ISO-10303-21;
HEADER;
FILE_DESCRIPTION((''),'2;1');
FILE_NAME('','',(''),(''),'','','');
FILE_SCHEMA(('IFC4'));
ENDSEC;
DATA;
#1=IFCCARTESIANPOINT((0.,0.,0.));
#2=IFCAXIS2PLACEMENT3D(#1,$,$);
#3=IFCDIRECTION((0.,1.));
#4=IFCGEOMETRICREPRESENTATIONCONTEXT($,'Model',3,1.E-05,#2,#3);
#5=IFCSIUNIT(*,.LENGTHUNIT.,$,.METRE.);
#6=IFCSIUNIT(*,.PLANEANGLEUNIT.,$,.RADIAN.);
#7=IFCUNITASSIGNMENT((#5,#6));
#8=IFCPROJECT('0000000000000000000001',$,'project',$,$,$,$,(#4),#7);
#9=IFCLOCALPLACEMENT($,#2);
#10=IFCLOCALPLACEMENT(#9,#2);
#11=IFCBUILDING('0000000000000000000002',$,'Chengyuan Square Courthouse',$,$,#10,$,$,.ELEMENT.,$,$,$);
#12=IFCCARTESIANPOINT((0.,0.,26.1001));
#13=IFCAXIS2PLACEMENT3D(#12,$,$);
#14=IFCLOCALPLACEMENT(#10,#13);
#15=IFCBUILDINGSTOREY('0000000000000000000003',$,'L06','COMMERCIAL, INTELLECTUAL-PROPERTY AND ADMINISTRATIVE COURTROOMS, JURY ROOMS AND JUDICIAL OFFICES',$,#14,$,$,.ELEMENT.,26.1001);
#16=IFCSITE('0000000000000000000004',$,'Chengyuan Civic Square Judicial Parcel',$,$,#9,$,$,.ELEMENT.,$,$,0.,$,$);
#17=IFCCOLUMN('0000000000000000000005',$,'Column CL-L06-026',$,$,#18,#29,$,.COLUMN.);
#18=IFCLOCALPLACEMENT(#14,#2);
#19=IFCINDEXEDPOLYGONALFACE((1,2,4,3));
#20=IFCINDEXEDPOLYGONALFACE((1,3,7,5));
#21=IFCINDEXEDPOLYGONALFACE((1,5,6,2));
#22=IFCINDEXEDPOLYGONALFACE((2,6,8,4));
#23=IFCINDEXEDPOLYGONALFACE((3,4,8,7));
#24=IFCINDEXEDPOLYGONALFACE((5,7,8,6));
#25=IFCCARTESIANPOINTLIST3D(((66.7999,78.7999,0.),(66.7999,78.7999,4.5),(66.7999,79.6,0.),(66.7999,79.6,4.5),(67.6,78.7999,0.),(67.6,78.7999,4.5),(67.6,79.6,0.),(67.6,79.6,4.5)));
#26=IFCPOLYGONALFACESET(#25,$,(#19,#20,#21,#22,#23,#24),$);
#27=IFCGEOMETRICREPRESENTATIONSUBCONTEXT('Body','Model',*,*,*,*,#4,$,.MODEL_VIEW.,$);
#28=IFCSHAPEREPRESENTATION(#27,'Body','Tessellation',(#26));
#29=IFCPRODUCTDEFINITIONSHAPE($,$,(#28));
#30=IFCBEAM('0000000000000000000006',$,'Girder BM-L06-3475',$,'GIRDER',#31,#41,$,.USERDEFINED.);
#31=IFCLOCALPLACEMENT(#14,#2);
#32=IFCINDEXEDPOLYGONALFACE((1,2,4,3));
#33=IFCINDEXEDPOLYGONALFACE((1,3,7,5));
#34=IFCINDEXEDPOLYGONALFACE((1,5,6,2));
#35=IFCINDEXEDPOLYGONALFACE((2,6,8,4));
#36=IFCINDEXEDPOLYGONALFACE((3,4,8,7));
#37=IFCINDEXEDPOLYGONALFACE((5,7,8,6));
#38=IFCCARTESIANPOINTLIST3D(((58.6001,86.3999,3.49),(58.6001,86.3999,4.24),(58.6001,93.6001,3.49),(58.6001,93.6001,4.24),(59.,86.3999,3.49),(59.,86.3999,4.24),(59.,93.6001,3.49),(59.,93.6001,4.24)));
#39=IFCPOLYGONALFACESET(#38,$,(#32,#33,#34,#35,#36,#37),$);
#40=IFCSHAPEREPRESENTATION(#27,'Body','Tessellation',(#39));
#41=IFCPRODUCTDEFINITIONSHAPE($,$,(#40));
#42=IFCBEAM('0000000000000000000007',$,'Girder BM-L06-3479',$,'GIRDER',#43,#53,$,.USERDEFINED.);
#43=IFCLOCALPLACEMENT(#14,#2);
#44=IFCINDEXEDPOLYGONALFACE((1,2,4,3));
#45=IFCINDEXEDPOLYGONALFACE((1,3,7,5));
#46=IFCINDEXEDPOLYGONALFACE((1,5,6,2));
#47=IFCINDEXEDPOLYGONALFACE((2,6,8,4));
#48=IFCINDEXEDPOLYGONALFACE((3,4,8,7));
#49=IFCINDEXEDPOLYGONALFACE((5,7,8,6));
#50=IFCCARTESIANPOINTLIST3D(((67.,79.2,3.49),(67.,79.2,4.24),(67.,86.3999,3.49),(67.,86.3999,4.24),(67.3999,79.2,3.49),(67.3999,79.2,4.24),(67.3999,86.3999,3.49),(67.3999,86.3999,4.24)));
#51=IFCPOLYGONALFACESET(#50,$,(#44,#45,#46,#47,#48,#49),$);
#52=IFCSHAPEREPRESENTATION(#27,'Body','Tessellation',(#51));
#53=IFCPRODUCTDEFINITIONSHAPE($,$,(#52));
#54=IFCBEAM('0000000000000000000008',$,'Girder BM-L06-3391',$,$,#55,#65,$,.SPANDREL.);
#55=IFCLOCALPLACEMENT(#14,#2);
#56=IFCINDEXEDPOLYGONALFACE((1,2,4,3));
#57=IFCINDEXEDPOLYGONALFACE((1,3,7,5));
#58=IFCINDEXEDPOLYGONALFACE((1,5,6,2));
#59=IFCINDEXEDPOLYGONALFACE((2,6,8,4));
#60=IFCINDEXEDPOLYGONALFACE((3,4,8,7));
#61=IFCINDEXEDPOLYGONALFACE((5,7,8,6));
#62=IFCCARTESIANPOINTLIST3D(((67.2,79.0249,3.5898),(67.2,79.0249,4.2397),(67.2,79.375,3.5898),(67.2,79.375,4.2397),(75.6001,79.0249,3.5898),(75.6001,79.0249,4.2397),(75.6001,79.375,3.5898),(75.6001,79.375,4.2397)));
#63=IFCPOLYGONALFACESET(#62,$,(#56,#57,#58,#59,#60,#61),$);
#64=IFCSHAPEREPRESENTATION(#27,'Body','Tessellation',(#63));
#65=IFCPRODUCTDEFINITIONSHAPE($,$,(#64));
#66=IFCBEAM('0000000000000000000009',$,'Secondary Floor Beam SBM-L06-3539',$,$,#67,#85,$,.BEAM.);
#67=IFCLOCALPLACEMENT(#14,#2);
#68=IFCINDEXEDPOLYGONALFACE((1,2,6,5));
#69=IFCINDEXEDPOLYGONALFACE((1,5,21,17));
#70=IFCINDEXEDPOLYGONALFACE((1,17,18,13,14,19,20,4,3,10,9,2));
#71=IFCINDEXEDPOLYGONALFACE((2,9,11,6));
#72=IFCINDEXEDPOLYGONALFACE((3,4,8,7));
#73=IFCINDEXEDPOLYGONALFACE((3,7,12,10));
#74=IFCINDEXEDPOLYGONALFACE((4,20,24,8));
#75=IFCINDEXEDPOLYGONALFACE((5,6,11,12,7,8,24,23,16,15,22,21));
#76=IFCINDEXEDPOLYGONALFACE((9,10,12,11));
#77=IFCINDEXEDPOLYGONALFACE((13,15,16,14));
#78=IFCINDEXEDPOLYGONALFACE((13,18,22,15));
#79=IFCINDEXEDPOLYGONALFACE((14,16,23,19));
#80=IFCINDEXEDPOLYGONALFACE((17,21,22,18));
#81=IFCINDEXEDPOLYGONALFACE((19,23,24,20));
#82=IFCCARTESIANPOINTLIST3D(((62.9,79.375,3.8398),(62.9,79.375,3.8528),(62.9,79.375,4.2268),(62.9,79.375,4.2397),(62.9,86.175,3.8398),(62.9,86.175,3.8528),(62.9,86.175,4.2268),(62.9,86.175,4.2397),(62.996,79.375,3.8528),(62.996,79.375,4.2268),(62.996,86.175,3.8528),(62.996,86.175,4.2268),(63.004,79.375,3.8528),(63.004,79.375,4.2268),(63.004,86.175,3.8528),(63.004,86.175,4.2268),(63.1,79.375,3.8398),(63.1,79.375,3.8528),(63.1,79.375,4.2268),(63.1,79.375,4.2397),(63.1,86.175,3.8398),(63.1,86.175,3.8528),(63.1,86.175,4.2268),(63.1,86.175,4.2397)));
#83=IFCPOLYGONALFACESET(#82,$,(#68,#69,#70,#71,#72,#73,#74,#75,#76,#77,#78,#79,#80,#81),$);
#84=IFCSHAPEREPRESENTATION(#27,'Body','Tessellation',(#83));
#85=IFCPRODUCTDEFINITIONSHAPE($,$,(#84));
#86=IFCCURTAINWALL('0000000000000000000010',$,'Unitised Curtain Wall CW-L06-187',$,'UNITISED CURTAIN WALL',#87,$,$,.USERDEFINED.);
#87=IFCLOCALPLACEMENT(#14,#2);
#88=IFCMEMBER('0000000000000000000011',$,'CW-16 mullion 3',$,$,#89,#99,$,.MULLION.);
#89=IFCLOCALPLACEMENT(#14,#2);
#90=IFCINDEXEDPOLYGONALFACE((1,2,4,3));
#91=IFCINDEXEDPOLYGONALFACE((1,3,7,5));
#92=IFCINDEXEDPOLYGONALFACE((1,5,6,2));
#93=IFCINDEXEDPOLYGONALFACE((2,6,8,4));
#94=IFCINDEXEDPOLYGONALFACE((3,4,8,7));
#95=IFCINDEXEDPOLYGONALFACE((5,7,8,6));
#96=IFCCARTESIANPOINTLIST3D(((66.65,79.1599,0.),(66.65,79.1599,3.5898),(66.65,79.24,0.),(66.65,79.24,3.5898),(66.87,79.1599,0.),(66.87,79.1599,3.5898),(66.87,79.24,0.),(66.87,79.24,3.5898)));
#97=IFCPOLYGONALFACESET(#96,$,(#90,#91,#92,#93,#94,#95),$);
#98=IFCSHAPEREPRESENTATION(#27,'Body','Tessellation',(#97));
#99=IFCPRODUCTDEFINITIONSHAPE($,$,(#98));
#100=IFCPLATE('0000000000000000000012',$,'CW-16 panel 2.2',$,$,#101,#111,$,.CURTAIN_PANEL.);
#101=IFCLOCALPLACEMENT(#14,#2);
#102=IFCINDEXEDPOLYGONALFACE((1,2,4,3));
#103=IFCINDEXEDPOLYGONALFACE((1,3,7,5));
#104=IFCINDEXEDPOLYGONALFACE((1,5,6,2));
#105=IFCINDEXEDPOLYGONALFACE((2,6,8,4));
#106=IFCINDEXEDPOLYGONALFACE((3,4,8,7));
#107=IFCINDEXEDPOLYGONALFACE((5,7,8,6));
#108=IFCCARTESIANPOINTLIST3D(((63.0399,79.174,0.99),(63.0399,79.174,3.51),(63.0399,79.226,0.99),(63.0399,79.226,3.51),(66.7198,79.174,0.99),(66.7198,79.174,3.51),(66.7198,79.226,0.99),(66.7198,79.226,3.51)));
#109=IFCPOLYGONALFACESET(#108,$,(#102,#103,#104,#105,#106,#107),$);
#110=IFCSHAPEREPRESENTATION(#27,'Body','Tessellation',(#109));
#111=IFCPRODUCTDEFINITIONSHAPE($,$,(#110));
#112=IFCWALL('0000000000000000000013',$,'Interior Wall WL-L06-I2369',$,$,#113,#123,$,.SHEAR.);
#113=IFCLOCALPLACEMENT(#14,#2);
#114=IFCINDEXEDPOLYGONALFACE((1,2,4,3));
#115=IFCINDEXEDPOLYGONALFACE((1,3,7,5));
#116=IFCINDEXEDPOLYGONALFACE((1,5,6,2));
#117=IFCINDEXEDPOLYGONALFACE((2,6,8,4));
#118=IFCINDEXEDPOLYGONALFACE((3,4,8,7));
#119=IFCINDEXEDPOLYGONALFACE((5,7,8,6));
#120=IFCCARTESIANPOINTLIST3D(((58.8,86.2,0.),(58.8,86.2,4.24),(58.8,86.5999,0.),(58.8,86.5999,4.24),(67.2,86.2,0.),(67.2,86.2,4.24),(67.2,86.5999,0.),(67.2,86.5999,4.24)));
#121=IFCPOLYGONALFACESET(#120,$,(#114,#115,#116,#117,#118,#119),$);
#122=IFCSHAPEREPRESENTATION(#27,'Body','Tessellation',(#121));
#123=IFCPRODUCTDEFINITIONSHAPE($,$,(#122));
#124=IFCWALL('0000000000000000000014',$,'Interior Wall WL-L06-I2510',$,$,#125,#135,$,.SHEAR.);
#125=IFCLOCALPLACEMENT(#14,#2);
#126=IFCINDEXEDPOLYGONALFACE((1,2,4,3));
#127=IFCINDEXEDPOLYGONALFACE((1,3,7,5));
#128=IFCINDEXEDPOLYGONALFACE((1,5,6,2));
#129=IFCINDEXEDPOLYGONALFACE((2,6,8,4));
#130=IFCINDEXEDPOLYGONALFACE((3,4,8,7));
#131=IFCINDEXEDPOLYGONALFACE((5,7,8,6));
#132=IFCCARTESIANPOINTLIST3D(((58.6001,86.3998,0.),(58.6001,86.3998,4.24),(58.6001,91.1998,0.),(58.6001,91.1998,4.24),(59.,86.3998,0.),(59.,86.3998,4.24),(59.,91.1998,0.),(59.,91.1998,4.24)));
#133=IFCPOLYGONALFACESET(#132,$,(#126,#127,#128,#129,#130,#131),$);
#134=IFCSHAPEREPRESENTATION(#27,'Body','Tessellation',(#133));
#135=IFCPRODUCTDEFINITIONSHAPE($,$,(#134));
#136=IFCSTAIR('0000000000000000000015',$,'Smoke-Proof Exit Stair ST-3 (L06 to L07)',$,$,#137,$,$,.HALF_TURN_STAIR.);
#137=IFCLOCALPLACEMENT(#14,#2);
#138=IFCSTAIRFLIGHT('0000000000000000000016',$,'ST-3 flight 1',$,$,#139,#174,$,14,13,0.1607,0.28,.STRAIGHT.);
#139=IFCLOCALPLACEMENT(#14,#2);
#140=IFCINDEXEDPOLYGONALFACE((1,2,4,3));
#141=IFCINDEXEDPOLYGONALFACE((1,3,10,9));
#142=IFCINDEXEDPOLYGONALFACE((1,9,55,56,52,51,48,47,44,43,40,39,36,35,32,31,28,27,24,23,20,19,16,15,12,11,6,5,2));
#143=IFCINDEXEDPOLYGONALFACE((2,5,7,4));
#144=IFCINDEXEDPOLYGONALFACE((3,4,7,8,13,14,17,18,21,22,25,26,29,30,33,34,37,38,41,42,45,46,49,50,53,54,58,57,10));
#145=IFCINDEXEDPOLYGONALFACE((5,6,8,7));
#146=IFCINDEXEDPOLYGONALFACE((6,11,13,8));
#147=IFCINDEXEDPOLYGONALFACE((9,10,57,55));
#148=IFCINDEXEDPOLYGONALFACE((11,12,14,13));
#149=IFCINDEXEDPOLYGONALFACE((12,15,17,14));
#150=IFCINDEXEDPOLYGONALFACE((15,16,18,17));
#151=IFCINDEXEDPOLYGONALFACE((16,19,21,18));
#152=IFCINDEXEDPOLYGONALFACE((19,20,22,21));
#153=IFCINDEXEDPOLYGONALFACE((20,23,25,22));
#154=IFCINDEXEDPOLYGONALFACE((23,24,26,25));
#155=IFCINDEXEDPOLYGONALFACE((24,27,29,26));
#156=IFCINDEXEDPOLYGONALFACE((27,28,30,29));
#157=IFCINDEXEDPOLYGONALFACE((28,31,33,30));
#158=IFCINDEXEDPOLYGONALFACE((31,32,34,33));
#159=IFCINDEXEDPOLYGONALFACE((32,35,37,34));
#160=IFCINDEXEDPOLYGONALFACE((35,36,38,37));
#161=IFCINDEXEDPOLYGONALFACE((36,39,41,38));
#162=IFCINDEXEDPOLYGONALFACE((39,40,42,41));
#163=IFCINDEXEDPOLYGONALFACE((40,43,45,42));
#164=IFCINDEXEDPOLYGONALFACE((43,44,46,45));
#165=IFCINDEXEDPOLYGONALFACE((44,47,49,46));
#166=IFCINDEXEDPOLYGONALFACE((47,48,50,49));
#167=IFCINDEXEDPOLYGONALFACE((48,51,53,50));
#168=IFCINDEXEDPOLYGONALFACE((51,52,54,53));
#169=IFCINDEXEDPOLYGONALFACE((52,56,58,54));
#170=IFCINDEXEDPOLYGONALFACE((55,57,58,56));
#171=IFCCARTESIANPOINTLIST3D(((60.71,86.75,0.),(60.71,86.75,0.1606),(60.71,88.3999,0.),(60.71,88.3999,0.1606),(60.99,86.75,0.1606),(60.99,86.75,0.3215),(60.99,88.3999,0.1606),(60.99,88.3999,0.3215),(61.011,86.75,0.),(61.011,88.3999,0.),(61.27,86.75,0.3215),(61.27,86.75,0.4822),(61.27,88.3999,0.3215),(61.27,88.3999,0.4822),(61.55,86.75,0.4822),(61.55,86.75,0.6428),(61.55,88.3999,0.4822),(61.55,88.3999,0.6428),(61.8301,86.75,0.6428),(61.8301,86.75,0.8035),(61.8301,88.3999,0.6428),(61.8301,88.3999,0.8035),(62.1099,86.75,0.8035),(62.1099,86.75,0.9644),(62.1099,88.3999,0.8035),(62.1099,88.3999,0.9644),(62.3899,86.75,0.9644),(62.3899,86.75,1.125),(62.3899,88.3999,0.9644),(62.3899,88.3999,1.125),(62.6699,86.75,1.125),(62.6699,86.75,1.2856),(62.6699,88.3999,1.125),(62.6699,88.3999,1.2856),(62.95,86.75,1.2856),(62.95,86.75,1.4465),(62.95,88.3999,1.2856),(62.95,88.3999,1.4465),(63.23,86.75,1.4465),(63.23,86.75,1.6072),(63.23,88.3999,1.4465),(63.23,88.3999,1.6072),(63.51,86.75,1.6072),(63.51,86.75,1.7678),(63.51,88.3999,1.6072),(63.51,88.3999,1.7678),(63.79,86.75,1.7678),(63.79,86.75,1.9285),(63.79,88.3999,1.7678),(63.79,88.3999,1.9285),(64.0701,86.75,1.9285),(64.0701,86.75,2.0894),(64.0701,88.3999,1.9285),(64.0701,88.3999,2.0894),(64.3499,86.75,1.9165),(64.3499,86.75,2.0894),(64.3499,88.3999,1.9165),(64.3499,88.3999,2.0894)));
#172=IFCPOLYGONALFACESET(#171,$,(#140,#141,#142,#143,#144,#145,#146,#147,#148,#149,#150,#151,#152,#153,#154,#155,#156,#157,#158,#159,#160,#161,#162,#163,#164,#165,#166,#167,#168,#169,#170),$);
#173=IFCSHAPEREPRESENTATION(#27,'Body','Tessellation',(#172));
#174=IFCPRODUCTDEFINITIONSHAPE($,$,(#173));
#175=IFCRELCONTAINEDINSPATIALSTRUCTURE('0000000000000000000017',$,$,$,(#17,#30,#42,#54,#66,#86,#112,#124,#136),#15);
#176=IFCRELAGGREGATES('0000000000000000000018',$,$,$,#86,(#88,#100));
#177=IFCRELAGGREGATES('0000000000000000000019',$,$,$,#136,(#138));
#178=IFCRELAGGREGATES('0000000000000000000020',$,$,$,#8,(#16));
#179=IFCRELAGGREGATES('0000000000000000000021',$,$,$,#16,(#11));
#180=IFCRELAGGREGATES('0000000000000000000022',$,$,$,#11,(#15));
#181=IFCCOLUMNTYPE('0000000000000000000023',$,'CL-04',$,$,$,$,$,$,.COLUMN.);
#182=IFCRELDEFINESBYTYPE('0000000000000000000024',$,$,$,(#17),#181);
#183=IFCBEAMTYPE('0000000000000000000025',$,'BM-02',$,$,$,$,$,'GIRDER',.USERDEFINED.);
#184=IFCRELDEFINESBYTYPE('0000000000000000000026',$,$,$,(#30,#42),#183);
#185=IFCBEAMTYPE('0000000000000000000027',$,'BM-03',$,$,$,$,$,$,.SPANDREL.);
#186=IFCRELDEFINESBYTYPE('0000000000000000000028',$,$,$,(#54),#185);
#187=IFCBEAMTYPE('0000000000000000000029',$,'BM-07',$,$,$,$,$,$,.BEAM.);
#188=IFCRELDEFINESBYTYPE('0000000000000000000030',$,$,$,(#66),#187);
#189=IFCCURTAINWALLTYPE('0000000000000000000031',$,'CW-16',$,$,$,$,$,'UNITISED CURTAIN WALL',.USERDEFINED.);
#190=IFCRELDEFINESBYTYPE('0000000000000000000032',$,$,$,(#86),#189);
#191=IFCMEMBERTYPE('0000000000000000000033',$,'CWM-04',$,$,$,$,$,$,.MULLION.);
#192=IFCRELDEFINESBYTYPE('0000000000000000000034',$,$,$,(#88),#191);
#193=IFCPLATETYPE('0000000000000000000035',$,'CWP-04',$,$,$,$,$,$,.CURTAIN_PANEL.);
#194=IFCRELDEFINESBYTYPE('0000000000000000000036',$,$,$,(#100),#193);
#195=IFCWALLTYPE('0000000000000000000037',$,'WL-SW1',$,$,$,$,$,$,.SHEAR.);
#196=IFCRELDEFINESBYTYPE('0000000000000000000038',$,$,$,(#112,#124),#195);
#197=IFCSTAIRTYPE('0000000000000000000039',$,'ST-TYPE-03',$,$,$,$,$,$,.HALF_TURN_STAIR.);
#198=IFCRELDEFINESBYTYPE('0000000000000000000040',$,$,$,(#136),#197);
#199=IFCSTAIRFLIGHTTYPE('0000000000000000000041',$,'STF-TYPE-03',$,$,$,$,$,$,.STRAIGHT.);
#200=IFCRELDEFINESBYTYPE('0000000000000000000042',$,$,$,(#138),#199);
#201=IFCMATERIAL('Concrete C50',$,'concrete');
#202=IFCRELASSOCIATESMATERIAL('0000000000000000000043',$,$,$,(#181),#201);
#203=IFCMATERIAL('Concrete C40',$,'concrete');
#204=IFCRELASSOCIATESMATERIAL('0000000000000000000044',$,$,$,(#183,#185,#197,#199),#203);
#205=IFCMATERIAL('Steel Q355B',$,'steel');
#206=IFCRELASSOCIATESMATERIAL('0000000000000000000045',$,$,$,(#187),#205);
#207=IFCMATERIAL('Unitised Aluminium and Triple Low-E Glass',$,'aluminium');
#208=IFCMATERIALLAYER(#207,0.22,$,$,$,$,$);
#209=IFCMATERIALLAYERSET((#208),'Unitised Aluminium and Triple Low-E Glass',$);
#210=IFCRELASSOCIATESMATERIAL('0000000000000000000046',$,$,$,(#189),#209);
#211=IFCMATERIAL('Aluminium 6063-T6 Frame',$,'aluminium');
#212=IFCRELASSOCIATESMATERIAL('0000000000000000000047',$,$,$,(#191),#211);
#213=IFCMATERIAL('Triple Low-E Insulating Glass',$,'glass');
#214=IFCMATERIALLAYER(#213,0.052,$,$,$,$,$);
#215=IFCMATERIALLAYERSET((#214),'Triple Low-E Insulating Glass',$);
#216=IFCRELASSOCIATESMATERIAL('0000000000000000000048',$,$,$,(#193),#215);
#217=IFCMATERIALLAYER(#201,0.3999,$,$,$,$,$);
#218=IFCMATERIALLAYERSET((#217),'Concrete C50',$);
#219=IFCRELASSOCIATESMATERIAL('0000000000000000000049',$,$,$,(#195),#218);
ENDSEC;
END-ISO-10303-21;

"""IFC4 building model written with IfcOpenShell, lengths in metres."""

from ifc_helpers import new_model, si_unit, direction, frame, frame_2d, origin, origin_2d, place, context, subcontext, project, spatial, polyline, rectangle, i_section, outline, extrude, material, layer, layer_set, material_profile, profile_set, type_object, element, aggregate, save


model = new_model("IFC4")

# Units and contexts
model_context = context("Model", 3, precision=1e-05, world=origin(), true_north=direction((0.0, 1.0)))
body_context = subcontext(model_context, "Body", "Model", "MODEL_VIEW")
ifc_project = project(units=[si_unit("LENGTHUNIT", "METRE"), si_unit("PLANEANGLEUNIT", "RADIAN")], contexts=[model_context])

# Site, building, storey
site_placement = place(None, origin())
site = spatial("IfcSite", under=ifc_project, at=site_placement, Name="Chengyuan Civic Square Judicial Parcel", CompositionType="ELEMENT", RefElevation=0.0)
building_placement = place(site_placement, origin())
building = spatial("IfcBuilding", under=site, at=building_placement, Name="Chengyuan Square Courthouse", CompositionType="ELEMENT")
storey_placement = place(building_placement, frame((0.0, 0.0, 26.1001)))
storey = spatial("IfcBuildingStorey", under=building, at=storey_placement, Name="L06", Description="COMMERCIAL, INTELLECTUAL-PROPERTY AND ADMINISTRATIVE COURTROOMS, JURY ROOMS AND JUDICIAL OFFICES", CompositionType="ELEMENT", Elevation=26.1001)

# Column
ifc_material_1 = material(Name="Concrete C50", Category="concrete")
ifc_material_profile_1 = material_profile(ifc_material_1, rectangle(XDim=0.8, YDim=0.8, at=origin_2d()), Name="RC-COL-800x800")
ifc_profile_set_1 = profile_set([ifc_material_profile_1], Name="Concrete C50")
column_type = type_object("IfcColumnType", Name="CL-04", PredefinedType="COLUMN", material=ifc_profile_set_1)
column_placement = place(storey_placement, frame((67.2, 79.2, 0.0), z_axis=(0.0, 0.0, 1.0), x_axis=(1.0, 0.0, 0.0)))
element("IfcColumn", 1, at=column_placement, inside=storey, type_object=column_type, Name="Column CL-L06-026", PredefinedType="COLUMN", context=body_context, shape_type="SweptSolid", body=[
    extrude(rectangle(XDim=0.8, YDim=0.8, at=origin_2d()), origin(), (0.0, 0.0, 1.0), 4.5),
])

# Beams
ifc_material_2 = material(Name="Concrete C40", Category="concrete")
ifc_material_profile_2 = material_profile(ifc_material_2, rectangle(XDim=0.3999, YDim=0.75, at=origin_2d()), Name="RC-BM-400x750")
ifc_profile_set_2 = profile_set([ifc_material_profile_2], Name="Concrete C40")
beam_type_1 = type_object("IfcBeamType", Name="BM-02", ElementType="GIRDER", PredefinedType="USERDEFINED", material=ifc_profile_set_2)
beam_1_placement = place(storey_placement, frame((58.8, 86.3999, 3.865), z_axis=(0.0, 1.0, 0.0), x_axis=(-1.0, 0.0, 0.0)))
element("IfcBeam", 2, at=beam_1_placement, inside=storey, type_object=beam_type_1, Name="Girder BM-L06-3475", ObjectType="GIRDER", PredefinedType="USERDEFINED", context=body_context, shape_type="SweptSolid", body=[
    extrude(rectangle(XDim=0.3999, YDim=0.75, at=origin_2d()), origin(), (0.0, 0.0, 1.0), 7.2002),
])
beam_2_placement = place(storey_placement, frame((67.2, 79.2, 3.865), z_axis=(0.0, 1.0, 0.0), x_axis=(-1.0, 0.0, 0.0)))
element("IfcBeam", 3, at=beam_2_placement, inside=storey, type_object=beam_type_1, Name="Girder BM-L06-3479", ObjectType="GIRDER", PredefinedType="USERDEFINED", context=body_context, shape_type="SweptSolid", body=[
    extrude(rectangle(XDim=0.3999, YDim=0.75, at=origin_2d()), origin(), (0.0, 0.0, 1.0), 7.2),
])
ifc_material_profile_3 = material_profile(ifc_material_2, rectangle(XDim=0.3501, YDim=0.6499, at=origin_2d()), Name="RC-BM-350x650")
ifc_profile_set_3 = profile_set([ifc_material_profile_3], Name="Concrete C40")
beam_type_2 = type_object("IfcBeamType", Name="BM-03", PredefinedType="SPANDREL", material=ifc_profile_set_3)
beam_3_placement = place(storey_placement, frame((67.2, 79.2, 3.9148), z_axis=(1.0, 0.0, 0.0), x_axis=(0.0, 1.0, 0.0)))
element("IfcBeam", 4, at=beam_3_placement, inside=storey, type_object=beam_type_2, Name="Girder BM-L06-3391", PredefinedType="SPANDREL", context=body_context, shape_type="SweptSolid", body=[
    extrude(rectangle(XDim=0.3501, YDim=0.6499, at=origin_2d()), origin(), (0.0, 0.0, 1.0), 8.4001),
])
ifc_material_3 = material(Name="Steel Q355B", Category="steel")
ifc_material_profile_4 = material_profile(ifc_material_3, i_section(OverallWidth=0.2, OverallDepth=0.3999, WebThickness=0.0081, FlangeThickness=0.0129, at=origin_2d()), Name="HN 400x200x8x13")
ifc_profile_set_4 = profile_set([ifc_material_profile_4], Name="Steel Q355B")
beam_type_3 = type_object("IfcBeamType", Name="BM-07", PredefinedType="BEAM", material=ifc_profile_set_4)
beam_4_placement = place(storey_placement, frame((63.0, 79.375, 4.0398), z_axis=(0.0, 1.0, 0.0), x_axis=(-1.0, 0.0, 0.0)))
element("IfcBeam", 5, at=beam_4_placement, inside=storey, type_object=beam_type_3, Name="Secondary Floor Beam SBM-L06-3539", PredefinedType="BEAM", context=body_context, shape_type="SweptSolid", body=[
    extrude(i_section(OverallWidth=0.2, OverallDepth=0.3999, WebThickness=0.0081, FlangeThickness=0.0129, at=origin_2d()), origin(), (0.0, 0.0, 1.0), 6.8),
])

# Curtain wall, member, plate
ifc_material_4 = material(Name="Unitised Aluminium and Triple Low-E Glass", Category="aluminium")
ifc_layer_1 = layer(ifc_material_4, 0.22)
ifc_layer_set_1 = layer_set([ifc_layer_1], Name="Unitised Aluminium and Triple Low-E Glass")
curtain_wall_type = type_object("IfcCurtainWallType", Name="CW-16", ElementType="UNITISED CURTAIN WALL", PredefinedType="USERDEFINED", material=ifc_layer_set_1)
curtain_wall_placement = place(storey_placement, origin())
curtain_wall = element("IfcCurtainWall", 6, at=curtain_wall_placement, inside=storey, type_object=curtain_wall_type, Name="Unitised Curtain Wall CW-L06-187", ObjectType="UNITISED CURTAIN WALL", PredefinedType="USERDEFINED")
ifc_material_5 = material(Name="Aluminium 6063-T6 Frame", Category="aluminium")
ifc_material_profile_5 = material_profile(ifc_material_5, rectangle(XDim=0.0801, YDim=0.22, at=origin_2d()), Name="CW-MUL-80x220")
ifc_profile_set_5 = profile_set([ifc_material_profile_5], Name="Aluminium 6063-T6 Frame")
member_type = type_object("IfcMemberType", Name="CWM-04", PredefinedType="MULLION", material=ifc_profile_set_5)
member_placement = place(storey_placement, frame((66.76, 79.2, 0.0), z_axis=(0.0, 0.0, 1.0), x_axis=(0.0, 1.0, 0.0)))
member = element("IfcMember", 7, at=member_placement, type_object=member_type, Name="CW-16 mullion 3", PredefinedType="MULLION", context=body_context, shape_type="SweptSolid", body=[
    extrude(rectangle(XDim=0.0801, YDim=0.22, at=origin_2d()), origin(), (0.0, 0.0, 1.0), 3.5898),
])
ifc_material_6 = material(Name="Triple Low-E Insulating Glass", Category="glass")
ifc_layer_2 = layer(ifc_material_6, 0.052)
ifc_layer_set_2 = layer_set([ifc_layer_2], Name="Triple Low-E Insulating Glass")
plate_type = type_object("IfcPlateType", Name="CWP-04", PredefinedType="CURTAIN_PANEL", material=ifc_layer_set_2)
plate_placement = place(storey_placement, frame((64.8799, 79.2, 0.99), z_axis=(0.0, 0.0, 1.0), x_axis=(1.0, 0.0, 0.0)))
plate = element("IfcPlate", 8, at=plate_placement, type_object=plate_type, Name="CW-16 panel 2.2", PredefinedType="CURTAIN_PANEL", context=body_context, shape_type="SweptSolid", body=[
    extrude(rectangle(XDim=3.6799, YDim=0.052, at=origin_2d()), origin(), (0.0, 0.0, 1.0), 2.52),
])
aggregate(curtain_wall, [member, plate])

# Walls
ifc_layer_3 = layer(ifc_material_1, 0.3999)
ifc_layer_set_3 = layer_set([ifc_layer_3], Name="Concrete C50")
wall_type = type_object("IfcWallType", Name="WL-SW1", PredefinedType="SHEAR", material=ifc_layer_set_3)
wall_1_placement = place(storey_placement, frame((58.8, 86.3999, 0.0), z_axis=(0.0, 0.0, 1.0), x_axis=(1.0, 0.0, 0.0)))
element("IfcWall", 9, at=wall_1_placement, inside=storey, type_object=wall_type, Name="Interior Wall WL-L06-I2369", PredefinedType="SHEAR", context=body_context, shape_type="SweptSolid", body=[
    extrude(rectangle(XDim=8.3999, YDim=0.3999, at=frame_2d((4.2, 0.0))), origin(), (0.0, 0.0, 1.0), 4.24),
])
wall_2_placement = place(storey_placement, frame((58.8, 86.3999, 0.0), z_axis=(0.0, 0.0, 1.0), x_axis=(0.0, 1.0, 0.0)))
element("IfcWall", 10, at=wall_2_placement, inside=storey, type_object=wall_type, Name="Interior Wall WL-L06-I2510", PredefinedType="SHEAR", context=body_context, shape_type="SweptSolid", body=[
    extrude(rectangle(XDim=4.8, YDim=0.3999, at=frame_2d((2.3999, 0.0))), origin(), (0.0, 0.0, 1.0), 4.24),
])

# Stair, stair flight
stair_type = type_object("IfcStairType", Name="ST-TYPE-03", PredefinedType="HALF_TURN_STAIR", material=ifc_material_2)
stair_placement = place(storey_placement, origin())
stair = element("IfcStair", 11, at=stair_placement, inside=storey, type_object=stair_type, Name="Smoke-Proof Exit Stair ST-3 (L06 to L07)", PredefinedType="HALF_TURN_STAIR")
stair_flight_type = type_object("IfcStairFlightType", Name="STF-TYPE-03", PredefinedType="STRAIGHT", material=ifc_material_2)
stair_flight_placement = place(storey_placement, frame((60.71, 87.575, 0.0), z_axis=(0.0, 0.0, 1.0), x_axis=(1.0, 0.0, 0.0)))
stair_flight = element("IfcStairFlight", 12, at=stair_flight_placement, type_object=stair_flight_type, Name="ST-3 flight 1", NumberOfRisers=14, NumberOfTreads=13, PredefinedType="STRAIGHT", RiserHeight=0.1607, TreadLength=0.28, context=body_context, shape_type="SweptSolid", body=[
    extrude(outline(polyline([(0.0, 0.0), (0.0, 0.1606), (0.28, 0.1606), (0.28, 0.3215), (0.5601, 0.3215), (0.5601, 0.4822), (0.8401, 0.4822), (0.8401, 0.6428), (1.1201, 0.6428), (1.1201, 0.8035), (1.3999, 0.8035), (1.3999, 0.9644), (1.6799, 0.9644), (1.6799, 1.125), (1.96, 1.125), (1.96, 1.2856), (2.24, 1.2856), (2.24, 1.4465), (2.52, 1.4465), (2.52, 1.6072), (2.8, 1.6072), (2.8, 1.7678), (3.0801, 1.7678), (3.0801, 1.9285), (3.3601, 1.9285), (3.3601, 2.0894), (3.6399, 2.0894), (3.6399, 2.25), (3.6399, 1.9165), (0.301, 0.0), (0.0, 0.0)])), frame((0.0, 0.825, 0.0), z_axis=(0.0, -1.0, 0.0), x_axis=(1.0, 0.0, 0.0)), (0.0, 0.0, 1.0), 1.6499),
])
aggregate(stair, [stair_flight])

save(model, "model.ifc")
